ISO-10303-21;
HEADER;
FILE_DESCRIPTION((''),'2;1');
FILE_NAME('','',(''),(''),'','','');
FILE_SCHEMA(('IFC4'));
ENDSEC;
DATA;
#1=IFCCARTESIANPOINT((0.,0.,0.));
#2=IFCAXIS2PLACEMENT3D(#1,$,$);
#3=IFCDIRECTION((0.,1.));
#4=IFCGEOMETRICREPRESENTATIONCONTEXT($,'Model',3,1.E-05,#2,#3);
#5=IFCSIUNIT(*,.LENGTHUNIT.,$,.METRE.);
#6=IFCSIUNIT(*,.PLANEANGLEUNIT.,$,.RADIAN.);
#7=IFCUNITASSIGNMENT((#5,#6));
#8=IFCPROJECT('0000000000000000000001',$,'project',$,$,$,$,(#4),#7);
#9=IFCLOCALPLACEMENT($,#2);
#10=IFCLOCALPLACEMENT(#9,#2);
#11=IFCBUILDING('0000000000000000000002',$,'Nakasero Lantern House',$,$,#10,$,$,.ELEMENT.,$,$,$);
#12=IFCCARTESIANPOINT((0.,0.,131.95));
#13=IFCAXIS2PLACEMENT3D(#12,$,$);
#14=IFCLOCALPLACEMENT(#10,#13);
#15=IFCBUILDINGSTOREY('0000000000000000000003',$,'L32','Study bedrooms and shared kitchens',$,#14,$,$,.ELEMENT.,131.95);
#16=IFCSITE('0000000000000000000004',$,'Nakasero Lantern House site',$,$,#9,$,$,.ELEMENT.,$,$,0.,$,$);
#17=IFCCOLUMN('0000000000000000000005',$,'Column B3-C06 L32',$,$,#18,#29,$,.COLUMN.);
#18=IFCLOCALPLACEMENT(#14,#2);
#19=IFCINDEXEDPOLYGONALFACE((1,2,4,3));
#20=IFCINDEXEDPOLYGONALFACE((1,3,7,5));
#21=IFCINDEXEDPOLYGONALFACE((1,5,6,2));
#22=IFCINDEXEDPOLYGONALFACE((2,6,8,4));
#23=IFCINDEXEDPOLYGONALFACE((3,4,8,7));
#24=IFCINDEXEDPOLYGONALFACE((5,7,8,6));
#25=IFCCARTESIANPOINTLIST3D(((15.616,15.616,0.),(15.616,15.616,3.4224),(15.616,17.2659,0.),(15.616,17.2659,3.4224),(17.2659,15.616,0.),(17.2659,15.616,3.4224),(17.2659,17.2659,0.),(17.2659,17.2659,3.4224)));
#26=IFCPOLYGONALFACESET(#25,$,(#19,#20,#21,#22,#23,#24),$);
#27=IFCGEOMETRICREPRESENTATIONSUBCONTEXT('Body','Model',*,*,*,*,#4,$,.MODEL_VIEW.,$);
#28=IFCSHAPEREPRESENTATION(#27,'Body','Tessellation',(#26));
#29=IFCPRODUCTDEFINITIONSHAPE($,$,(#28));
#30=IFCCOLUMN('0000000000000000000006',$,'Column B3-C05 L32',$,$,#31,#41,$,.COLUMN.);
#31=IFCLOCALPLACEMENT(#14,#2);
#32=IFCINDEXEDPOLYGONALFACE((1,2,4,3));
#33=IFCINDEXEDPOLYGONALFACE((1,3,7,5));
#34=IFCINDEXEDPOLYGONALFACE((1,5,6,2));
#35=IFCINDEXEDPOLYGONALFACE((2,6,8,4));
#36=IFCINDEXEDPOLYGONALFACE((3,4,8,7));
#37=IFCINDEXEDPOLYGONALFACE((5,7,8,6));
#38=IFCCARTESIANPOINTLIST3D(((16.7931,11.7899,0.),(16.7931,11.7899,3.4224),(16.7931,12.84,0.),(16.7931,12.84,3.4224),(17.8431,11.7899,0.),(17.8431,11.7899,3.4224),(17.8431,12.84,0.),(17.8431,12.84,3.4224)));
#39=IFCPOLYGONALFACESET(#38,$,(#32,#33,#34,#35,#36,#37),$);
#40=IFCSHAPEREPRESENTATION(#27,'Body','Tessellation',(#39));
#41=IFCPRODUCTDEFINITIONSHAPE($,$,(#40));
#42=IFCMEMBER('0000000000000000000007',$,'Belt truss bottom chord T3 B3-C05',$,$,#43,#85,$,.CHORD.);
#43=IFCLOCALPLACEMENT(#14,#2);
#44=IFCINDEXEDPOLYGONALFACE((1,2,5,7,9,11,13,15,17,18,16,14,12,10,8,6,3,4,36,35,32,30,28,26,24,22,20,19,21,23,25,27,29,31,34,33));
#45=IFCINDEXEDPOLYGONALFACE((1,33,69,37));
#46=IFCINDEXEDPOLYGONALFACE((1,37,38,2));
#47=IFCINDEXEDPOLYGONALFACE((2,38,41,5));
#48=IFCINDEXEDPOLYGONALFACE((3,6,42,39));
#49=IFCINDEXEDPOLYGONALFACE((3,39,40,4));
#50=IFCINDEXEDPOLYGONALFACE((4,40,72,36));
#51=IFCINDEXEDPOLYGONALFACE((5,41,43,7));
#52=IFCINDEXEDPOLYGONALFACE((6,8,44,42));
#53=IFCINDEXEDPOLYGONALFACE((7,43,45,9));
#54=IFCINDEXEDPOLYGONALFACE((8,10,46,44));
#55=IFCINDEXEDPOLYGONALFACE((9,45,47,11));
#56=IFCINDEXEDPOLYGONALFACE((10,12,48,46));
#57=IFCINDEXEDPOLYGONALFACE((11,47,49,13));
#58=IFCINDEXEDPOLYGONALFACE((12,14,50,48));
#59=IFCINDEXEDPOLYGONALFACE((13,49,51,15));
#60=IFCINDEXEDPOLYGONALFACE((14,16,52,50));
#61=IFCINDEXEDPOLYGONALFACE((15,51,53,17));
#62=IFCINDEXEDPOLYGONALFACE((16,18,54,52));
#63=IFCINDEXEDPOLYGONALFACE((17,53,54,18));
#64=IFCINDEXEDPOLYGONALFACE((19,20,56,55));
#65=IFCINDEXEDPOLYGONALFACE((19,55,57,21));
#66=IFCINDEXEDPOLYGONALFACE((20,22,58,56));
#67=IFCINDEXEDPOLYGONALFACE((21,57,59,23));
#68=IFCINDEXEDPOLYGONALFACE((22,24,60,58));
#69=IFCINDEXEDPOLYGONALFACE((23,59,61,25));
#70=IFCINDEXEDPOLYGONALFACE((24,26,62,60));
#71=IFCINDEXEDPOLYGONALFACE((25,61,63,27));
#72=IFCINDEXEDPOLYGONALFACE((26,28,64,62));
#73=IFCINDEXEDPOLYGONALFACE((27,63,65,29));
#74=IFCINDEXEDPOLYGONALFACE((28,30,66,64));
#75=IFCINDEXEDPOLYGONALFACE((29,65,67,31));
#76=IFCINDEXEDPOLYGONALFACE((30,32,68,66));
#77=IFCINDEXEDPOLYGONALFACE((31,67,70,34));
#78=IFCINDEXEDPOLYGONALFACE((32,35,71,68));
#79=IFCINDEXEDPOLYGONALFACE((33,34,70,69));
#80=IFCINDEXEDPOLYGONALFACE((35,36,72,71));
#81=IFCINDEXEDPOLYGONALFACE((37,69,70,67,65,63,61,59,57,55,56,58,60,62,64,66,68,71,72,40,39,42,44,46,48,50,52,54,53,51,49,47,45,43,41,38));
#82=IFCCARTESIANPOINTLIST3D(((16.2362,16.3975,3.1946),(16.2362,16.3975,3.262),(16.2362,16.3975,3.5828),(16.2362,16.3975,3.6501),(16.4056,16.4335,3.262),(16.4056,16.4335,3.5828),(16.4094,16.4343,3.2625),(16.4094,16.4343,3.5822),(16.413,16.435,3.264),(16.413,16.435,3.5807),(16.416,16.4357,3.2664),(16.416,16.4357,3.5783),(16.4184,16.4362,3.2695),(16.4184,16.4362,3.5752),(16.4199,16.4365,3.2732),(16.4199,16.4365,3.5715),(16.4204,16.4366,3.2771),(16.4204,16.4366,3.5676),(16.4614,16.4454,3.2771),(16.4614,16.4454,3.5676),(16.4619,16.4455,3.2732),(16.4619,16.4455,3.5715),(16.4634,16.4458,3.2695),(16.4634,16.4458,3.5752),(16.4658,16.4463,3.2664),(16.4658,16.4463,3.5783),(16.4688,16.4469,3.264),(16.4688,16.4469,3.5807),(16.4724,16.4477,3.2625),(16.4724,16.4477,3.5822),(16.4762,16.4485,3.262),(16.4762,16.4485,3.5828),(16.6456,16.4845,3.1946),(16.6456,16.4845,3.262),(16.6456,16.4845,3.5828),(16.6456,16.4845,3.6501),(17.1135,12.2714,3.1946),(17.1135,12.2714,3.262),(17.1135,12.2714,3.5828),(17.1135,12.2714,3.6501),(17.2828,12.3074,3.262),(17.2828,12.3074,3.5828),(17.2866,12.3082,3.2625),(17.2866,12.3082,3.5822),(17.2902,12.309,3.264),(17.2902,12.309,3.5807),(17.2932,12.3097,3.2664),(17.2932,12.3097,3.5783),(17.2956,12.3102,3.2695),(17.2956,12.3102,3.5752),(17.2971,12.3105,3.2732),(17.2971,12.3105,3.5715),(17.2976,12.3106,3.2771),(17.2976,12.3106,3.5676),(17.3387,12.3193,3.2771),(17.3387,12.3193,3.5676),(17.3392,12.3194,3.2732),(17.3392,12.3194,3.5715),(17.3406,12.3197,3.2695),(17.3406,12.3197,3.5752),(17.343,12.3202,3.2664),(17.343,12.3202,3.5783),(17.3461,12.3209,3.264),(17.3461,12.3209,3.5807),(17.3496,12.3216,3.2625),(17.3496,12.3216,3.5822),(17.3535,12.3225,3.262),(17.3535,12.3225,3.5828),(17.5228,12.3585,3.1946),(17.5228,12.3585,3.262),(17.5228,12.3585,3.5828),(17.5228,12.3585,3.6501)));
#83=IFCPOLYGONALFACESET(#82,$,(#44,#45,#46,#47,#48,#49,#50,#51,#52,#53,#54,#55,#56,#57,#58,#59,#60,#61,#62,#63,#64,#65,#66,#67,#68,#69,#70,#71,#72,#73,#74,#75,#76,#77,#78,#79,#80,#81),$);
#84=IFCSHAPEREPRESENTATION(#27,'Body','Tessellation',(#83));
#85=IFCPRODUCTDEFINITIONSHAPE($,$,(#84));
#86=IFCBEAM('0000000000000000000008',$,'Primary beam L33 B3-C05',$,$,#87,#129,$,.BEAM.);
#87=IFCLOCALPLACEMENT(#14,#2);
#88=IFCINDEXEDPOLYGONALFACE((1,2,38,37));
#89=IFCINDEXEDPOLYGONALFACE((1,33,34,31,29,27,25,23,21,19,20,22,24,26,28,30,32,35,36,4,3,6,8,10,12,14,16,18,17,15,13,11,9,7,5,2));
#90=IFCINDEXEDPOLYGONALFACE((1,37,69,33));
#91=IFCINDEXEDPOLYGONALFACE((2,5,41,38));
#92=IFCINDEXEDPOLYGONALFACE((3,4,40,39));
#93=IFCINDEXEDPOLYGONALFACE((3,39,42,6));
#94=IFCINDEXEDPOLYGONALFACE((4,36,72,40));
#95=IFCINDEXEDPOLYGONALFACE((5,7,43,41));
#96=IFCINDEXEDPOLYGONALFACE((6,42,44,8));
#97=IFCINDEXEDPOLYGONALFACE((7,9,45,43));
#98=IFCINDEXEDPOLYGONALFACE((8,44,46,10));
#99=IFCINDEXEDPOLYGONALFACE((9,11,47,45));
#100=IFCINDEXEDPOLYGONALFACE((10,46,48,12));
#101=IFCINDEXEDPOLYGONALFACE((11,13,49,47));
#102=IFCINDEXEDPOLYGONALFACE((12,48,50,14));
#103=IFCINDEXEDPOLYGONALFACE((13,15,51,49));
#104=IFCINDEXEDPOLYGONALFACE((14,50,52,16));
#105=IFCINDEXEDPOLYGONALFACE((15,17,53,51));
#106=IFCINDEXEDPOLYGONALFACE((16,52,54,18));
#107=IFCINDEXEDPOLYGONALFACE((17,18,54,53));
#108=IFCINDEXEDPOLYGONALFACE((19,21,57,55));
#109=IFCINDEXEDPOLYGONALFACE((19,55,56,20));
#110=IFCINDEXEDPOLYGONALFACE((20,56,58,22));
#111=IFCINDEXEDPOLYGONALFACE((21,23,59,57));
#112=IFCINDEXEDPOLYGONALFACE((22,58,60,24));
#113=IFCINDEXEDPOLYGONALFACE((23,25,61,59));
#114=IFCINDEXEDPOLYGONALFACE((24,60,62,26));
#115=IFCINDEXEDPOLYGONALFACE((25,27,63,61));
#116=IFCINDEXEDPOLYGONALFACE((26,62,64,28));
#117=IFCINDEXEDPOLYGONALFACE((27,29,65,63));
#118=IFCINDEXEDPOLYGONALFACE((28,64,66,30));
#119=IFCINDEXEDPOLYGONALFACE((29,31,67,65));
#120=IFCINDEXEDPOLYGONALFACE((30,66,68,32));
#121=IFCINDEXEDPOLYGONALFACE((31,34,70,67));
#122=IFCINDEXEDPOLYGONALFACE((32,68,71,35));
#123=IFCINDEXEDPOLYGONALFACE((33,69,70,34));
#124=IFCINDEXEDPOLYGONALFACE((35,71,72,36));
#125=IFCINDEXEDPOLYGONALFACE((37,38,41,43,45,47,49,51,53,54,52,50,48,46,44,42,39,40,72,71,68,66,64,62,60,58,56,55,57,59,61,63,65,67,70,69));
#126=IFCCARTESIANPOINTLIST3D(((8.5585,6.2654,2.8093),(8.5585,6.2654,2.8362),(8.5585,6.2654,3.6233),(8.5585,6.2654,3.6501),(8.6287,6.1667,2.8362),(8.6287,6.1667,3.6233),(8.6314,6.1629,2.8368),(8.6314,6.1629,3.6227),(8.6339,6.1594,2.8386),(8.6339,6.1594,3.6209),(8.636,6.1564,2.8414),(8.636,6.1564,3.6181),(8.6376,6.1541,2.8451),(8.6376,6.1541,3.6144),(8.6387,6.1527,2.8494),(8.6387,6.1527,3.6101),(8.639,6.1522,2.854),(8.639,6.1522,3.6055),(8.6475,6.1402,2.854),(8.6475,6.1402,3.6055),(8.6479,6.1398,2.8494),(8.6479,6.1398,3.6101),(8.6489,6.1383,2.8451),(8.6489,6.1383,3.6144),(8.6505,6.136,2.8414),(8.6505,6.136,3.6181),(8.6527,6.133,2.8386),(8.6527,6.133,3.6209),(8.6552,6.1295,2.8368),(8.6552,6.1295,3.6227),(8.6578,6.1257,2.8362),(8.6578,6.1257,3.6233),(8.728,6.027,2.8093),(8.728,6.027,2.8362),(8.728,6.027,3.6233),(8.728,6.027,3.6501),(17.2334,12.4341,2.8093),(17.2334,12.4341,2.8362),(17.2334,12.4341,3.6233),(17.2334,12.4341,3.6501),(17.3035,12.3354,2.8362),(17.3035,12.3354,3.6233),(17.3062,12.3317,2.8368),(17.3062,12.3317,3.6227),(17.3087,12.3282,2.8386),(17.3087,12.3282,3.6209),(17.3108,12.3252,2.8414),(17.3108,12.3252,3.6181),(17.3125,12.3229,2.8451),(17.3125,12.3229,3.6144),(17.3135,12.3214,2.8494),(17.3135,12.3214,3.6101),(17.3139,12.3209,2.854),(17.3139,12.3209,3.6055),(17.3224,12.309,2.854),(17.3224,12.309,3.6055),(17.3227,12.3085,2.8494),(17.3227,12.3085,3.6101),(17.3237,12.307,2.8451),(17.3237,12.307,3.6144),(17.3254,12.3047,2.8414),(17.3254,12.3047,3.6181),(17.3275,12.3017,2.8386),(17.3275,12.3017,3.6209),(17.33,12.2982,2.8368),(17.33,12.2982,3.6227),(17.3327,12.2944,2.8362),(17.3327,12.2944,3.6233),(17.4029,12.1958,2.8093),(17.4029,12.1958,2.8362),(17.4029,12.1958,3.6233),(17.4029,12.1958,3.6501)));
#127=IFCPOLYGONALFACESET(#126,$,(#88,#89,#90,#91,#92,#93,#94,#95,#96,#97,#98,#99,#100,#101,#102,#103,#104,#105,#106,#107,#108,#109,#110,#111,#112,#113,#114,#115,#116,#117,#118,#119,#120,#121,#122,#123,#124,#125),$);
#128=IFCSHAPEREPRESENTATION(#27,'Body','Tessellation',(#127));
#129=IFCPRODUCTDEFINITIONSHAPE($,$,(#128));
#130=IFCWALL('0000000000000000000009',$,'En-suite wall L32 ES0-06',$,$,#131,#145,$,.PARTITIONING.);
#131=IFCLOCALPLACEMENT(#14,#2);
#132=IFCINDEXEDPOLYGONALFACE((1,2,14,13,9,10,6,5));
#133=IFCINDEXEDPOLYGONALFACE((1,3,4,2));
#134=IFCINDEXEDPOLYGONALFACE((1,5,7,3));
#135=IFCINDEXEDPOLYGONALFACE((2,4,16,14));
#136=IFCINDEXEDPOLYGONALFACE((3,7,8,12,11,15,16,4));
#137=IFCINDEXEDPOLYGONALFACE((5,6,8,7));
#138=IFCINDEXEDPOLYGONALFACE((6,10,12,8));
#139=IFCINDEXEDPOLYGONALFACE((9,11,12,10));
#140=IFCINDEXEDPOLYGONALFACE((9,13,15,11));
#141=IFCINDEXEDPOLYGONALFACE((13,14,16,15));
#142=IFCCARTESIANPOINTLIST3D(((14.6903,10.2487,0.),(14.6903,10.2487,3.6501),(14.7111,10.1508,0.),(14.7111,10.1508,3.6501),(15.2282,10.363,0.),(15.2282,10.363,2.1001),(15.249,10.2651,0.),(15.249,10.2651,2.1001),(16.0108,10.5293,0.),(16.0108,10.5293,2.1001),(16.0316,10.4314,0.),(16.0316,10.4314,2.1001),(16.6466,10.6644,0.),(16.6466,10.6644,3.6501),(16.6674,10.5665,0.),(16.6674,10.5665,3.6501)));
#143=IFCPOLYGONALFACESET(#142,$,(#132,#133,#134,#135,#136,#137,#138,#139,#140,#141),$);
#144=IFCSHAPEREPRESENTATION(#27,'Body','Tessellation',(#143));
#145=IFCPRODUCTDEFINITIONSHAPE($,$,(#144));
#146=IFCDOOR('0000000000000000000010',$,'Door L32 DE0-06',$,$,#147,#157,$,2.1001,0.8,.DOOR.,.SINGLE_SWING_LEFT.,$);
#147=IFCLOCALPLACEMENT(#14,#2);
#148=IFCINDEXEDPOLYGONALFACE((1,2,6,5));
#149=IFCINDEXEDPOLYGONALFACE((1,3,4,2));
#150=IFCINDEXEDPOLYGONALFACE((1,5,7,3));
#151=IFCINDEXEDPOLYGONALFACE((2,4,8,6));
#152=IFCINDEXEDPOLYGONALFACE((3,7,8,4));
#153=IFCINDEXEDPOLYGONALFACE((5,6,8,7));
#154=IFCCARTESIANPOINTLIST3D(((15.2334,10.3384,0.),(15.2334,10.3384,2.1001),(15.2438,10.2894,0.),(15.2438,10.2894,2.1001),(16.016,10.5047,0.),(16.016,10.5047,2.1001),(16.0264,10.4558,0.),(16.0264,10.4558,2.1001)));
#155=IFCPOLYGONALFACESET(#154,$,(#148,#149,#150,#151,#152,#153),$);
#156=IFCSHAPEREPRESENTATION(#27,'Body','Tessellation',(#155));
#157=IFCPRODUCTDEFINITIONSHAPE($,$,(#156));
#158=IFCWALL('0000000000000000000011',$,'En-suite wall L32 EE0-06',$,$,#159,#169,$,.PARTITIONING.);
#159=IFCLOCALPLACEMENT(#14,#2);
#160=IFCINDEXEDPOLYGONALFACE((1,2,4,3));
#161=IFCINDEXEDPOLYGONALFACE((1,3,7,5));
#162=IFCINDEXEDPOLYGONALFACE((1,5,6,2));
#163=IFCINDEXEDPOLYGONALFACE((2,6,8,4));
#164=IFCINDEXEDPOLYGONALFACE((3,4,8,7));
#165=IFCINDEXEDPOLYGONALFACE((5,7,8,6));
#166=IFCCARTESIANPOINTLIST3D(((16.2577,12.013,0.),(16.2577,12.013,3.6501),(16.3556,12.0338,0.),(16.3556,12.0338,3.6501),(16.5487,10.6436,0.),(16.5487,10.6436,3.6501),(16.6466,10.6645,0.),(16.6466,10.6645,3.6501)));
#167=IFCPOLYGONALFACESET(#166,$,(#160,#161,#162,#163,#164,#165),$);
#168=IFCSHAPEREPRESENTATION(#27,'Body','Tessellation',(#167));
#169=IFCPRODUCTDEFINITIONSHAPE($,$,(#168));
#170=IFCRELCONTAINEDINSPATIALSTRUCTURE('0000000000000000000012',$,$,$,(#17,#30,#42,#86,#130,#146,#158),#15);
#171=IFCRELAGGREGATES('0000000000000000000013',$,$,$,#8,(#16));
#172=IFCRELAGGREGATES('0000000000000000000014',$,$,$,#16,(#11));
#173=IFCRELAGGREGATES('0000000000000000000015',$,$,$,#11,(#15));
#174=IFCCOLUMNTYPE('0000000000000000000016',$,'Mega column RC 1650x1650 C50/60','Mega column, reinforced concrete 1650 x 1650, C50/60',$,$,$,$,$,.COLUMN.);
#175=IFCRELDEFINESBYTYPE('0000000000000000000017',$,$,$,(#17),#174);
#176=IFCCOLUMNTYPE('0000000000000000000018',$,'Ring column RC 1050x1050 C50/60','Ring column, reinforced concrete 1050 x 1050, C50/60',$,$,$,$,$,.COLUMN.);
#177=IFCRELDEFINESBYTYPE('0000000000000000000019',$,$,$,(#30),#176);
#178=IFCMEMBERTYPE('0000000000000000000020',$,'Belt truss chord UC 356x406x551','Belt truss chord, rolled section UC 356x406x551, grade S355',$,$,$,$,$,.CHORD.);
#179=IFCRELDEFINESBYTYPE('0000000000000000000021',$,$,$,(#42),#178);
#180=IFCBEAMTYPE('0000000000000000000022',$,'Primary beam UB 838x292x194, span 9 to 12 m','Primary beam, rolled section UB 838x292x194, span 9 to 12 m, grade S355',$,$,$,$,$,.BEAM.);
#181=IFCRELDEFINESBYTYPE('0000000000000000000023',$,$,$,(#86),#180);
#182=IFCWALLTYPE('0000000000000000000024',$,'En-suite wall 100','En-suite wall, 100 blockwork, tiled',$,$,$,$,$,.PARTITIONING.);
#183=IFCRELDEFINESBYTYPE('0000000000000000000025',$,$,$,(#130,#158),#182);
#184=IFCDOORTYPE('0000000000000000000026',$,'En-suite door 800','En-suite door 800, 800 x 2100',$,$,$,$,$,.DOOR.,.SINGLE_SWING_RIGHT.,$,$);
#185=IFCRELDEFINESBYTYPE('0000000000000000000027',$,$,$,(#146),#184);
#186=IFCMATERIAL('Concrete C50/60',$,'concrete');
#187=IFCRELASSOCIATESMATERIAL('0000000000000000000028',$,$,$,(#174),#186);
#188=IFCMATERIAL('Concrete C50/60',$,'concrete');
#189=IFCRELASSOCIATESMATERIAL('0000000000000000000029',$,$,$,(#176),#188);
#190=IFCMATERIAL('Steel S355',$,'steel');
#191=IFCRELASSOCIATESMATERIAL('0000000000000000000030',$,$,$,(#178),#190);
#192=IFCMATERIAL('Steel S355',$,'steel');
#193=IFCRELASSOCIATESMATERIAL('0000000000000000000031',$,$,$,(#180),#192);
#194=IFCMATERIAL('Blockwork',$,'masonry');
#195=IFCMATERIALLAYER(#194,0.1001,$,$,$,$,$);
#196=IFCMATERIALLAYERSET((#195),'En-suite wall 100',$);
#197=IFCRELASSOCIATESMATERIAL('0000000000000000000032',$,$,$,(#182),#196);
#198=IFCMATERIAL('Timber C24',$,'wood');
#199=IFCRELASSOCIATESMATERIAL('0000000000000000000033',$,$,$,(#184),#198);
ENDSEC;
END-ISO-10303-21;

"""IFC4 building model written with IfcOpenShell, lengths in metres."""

from ifc_helpers import new_model, si_unit, direction, frame, frame_2d, origin, origin_2d, place, context, subcontext, project, spatial, rectangle, i_section, extrude, material, layer, layer_set, material_profile, profile_set, type_object, element, fill, save


model = new_model("IFC4")

# Units and contexts
model_context = context("Model", 3, precision=1e-05, world=origin(), true_north=direction((0.0, 1.0)))
body_context = subcontext(model_context, "Body", "Model", "MODEL_VIEW")
ifc_project = project(units=[si_unit("LENGTHUNIT", "METRE"), si_unit("PLANEANGLEUNIT", "RADIAN")], contexts=[model_context])

# Site, building, storey
site_placement = place(None, origin())
site = spatial("IfcSite", under=ifc_project, at=site_placement, Name="Nakasero Lantern House site", CompositionType="ELEMENT", RefElevation=0.0)
building_placement = place(site_placement, origin())
building = spatial("IfcBuilding", under=site, at=building_placement, Name="Nakasero Lantern House", CompositionType="ELEMENT")
storey_placement = place(building_placement, frame((0.0, 0.0, 131.95)))
storey = spatial("IfcBuildingStorey", under=building, at=storey_placement, Name="L32", Description="Study bedrooms and shared kitchens", CompositionType="ELEMENT", Elevation=131.95)

# Columns
ifc_material_1 = material(Name="Concrete C50/60", Category="concrete")
ifc_material_profile_1 = material_profile(ifc_material_1, rectangle(XDim=1.6499, YDim=1.6499, at=origin_2d()), Name="RC 1650x1650")
ifc_profile_set_1 = profile_set([ifc_material_profile_1], Name="Concrete C50/60")
column_type_1 = type_object("IfcColumnType", Name="Mega column RC 1650x1650 C50/60", Description="Mega column, reinforced concrete 1650 x 1650, C50/60", PredefinedType="COLUMN", material=ifc_profile_set_1)
column_1_placement = place(storey_placement, frame((16.4409, 16.4409, 0.0), z_axis=(0.0, 0.0, 1.0), x_axis=(1.0, 0.0, 0.0)))
element("IfcColumn", 1, at=column_1_placement, inside=storey, type_object=column_type_1, Name="Column B3-C06 L32", PredefinedType="COLUMN", context=body_context, shape_type="SweptSolid", body=[
    extrude(rectangle(XDim=1.6499, YDim=1.6499, at=origin_2d()), origin(), (0.0, 0.0, 1.0), 3.4224),
])
ifc_material_2 = material(Name="Concrete C50/60", Category="concrete")
ifc_material_profile_2 = material_profile(ifc_material_2, rectangle(XDim=1.05, YDim=1.05, at=origin_2d()), Name="RC 1050x1050")
ifc_profile_set_2 = profile_set([ifc_material_profile_2], Name="Concrete C50/60")
column_type_2 = type_object("IfcColumnType", Name="Ring column RC 1050x1050 C50/60", Description="Ring column, reinforced concrete 1050 x 1050, C50/60", PredefinedType="COLUMN", material=ifc_profile_set_2)
column_2_placement = place(storey_placement, frame((17.3181, 12.3149, 0.0), z_axis=(0.0, 0.0, 1.0), x_axis=(1.0, 0.0, 0.0)))
element("IfcColumn", 2, at=column_2_placement, inside=storey, type_object=column_type_2, Name="Column B3-C05 L32", PredefinedType="COLUMN", context=body_context, shape_type="SweptSolid", body=[
    extrude(rectangle(XDim=1.05, YDim=1.05, at=origin_2d()), origin(), (0.0, 0.0, 1.0), 3.4224),
])

# Member
ifc_material_3 = material(Name="Steel S355", Category="steel")
ifc_material_profile_3 = material_profile(ifc_material_3, i_section(OverallWidth=0.4185, OverallDepth=0.4556, WebThickness=0.042, FlangeThickness=0.0674, FilletRadius=0.0151, at=origin_2d()), Name="UC 356x406x551")
ifc_profile_set_3 = profile_set([ifc_material_profile_3], Name="Steel S355")
member_type = type_object("IfcMemberType", Name="Belt truss chord UC 356x406x551", Description="Belt truss chord, rolled section UC 356x406x551, grade S355", PredefinedType="CHORD", material=ifc_profile_set_3)
member_placement = place(storey_placement, frame((17.3181, 12.3149, 3.4224), z_axis=(-0.207956, 0.978138, 0.0), x_axis=(-0.978138, -0.207956, 0.0)))
element("IfcMember", 3, at=member_placement, inside=storey, type_object=member_type, Name="Belt truss bottom chord T3 B3-C05", PredefinedType="CHORD", context=body_context, shape_type="SweptSolid", body=[
    extrude(i_section(OverallWidth=0.4185, OverallDepth=0.4556, WebThickness=0.042, FlangeThickness=0.0674, FilletRadius=0.0151, at=origin_2d()), origin(), (0.0, 0.0, 1.0), 4.2183),
])

# Beam
ifc_material_4 = material(Name="Steel S355", Category="steel")
ifc_material_profile_4 = material_profile(ifc_material_4, i_section(OverallWidth=0.2925, OverallDepth=0.8408, WebThickness=0.0146, FlangeThickness=0.0269, FilletRadius=0.0178, at=origin_2d()), Name="UB 838x292x194")
ifc_profile_set_4 = profile_set([ifc_material_profile_4], Name="Steel S355")
beam_type = type_object("IfcBeamType", Name="Primary beam UB 838x292x194, span 9 to 12 m", Description="Primary beam, rolled section UB 838x292x194, span 9 to 12 m, grade S355", PredefinedType="BEAM", material=ifc_profile_set_4)
beam_placement = place(storey_placement, frame((17.3181, 12.3149, 3.2297), z_axis=(-0.814957, -0.579521, 0.0), x_axis=(0.579521, -0.814957, 0.0)))
element("IfcBeam", 4, at=beam_placement, inside=storey, type_object=beam_type, Name="Primary beam L33 B3-C05", PredefinedType="BEAM", context=body_context, shape_type="SweptSolid", body=[
    extrude(i_section(OverallWidth=0.2925, OverallDepth=0.8408, WebThickness=0.0146, FlangeThickness=0.0269, FilletRadius=0.0178, at=origin_2d()), origin(), (0.0, 0.0, 1.0), 10.6445),
])

# Wall, opening, door
ifc_material_5 = material(Name="Blockwork", Category="masonry")
ifc_layer_1 = layer(ifc_material_5, 0.1001)
ifc_layer_set_1 = layer_set([ifc_layer_1], Name="En-suite wall 100")
wall_type_1 = type_object("IfcWallType", Name="En-suite wall 100", Description="En-suite wall, 100 blockwork, tiled", PredefinedType="PARTITIONING", material=ifc_layer_set_1)
wall_1_placement = place(storey_placement, frame((14.7007, 10.1997, 0.0), z_axis=(0.0, 0.0, 1.0), x_axis=(0.978153, 0.207886, 0.0)))
wall_1 = element("IfcWall", 5, at=wall_1_placement, inside=storey, type_object=wall_type_1, Name="En-suite wall L32 ES0-06", PredefinedType="PARTITIONING", context=body_context, shape_type="SweptSolid", body=[
    extrude(rectangle(XDim=2.0, YDim=0.1001, at=frame_2d((1.0, 0.0))), origin(), (0.0, 0.0, 1.0), 3.6501),
])
opening_1_placement = place(wall_1_placement, frame((0.55, 0.0, 0.0)))
opening_1 = element("IfcOpeningElement", 6, at=opening_1_placement, cuts=wall_1, PredefinedType="OPENING", context=body_context, shape_type="SweptSolid", body=[
    extrude(rectangle(XDim=0.8, YDim=2.1001, at=frame_2d((0.3999, 1.05))), frame((0.0, 0.0701, 0.0), z_axis=(0.0, -1.0, 0.0), x_axis=(1.0, 0.0, 0.0)), (0.0, 0.0, 1.0), 0.1401),
])
ifc_material_6 = material(Name="Timber C24", Category="wood")
door_type = type_object("IfcDoorType", Name="En-suite door 800", Description="En-suite door 800, 800 x 2100", OperationType="SINGLE_SWING_RIGHT", PredefinedType="DOOR", material=ifc_material_6)
door_1_placement = place(opening_1_placement, origin())
door_1 = element("IfcDoor", 7, at=door_1_placement, inside=storey, type_object=door_type, Name="Door L32 DE0-06", OperationType="SINGLE_SWING_LEFT", OverallHeight=2.1001, OverallWidth=0.8, PredefinedType="DOOR", context=body_context, shape_type="SweptSolid", body=[
    extrude(rectangle(XDim=0.8, YDim=2.1001, at=frame_2d((0.3999, 1.05))), frame((0.0, 0.0249, 0.0), z_axis=(0.0, -1.0, 0.0), x_axis=(1.0, 0.0, 0.0)), (0.0, 0.0, 1.0), 0.05),
])
fill(opening_1, door_1)

# Wall
wall_2_placement = place(storey_placement, frame((16.5977, 10.6541, 0.0), z_axis=(0.0, 0.0, 1.0), x_axis=(-0.207873, 0.978156, 0.0)))
element("IfcWall", 8, at=wall_2_placement, inside=storey, type_object=wall_type_1, Name="En-suite wall L32 EE0-06", PredefinedType="PARTITIONING", context=body_context, shape_type="SweptSolid", body=[
    extrude(rectangle(XDim=1.3999, YDim=0.1001, at=frame_2d((0.7, 0.0))), origin(), (0.0, 0.0, 1.0), 3.6501),
])

save(model, "model.ifc")
